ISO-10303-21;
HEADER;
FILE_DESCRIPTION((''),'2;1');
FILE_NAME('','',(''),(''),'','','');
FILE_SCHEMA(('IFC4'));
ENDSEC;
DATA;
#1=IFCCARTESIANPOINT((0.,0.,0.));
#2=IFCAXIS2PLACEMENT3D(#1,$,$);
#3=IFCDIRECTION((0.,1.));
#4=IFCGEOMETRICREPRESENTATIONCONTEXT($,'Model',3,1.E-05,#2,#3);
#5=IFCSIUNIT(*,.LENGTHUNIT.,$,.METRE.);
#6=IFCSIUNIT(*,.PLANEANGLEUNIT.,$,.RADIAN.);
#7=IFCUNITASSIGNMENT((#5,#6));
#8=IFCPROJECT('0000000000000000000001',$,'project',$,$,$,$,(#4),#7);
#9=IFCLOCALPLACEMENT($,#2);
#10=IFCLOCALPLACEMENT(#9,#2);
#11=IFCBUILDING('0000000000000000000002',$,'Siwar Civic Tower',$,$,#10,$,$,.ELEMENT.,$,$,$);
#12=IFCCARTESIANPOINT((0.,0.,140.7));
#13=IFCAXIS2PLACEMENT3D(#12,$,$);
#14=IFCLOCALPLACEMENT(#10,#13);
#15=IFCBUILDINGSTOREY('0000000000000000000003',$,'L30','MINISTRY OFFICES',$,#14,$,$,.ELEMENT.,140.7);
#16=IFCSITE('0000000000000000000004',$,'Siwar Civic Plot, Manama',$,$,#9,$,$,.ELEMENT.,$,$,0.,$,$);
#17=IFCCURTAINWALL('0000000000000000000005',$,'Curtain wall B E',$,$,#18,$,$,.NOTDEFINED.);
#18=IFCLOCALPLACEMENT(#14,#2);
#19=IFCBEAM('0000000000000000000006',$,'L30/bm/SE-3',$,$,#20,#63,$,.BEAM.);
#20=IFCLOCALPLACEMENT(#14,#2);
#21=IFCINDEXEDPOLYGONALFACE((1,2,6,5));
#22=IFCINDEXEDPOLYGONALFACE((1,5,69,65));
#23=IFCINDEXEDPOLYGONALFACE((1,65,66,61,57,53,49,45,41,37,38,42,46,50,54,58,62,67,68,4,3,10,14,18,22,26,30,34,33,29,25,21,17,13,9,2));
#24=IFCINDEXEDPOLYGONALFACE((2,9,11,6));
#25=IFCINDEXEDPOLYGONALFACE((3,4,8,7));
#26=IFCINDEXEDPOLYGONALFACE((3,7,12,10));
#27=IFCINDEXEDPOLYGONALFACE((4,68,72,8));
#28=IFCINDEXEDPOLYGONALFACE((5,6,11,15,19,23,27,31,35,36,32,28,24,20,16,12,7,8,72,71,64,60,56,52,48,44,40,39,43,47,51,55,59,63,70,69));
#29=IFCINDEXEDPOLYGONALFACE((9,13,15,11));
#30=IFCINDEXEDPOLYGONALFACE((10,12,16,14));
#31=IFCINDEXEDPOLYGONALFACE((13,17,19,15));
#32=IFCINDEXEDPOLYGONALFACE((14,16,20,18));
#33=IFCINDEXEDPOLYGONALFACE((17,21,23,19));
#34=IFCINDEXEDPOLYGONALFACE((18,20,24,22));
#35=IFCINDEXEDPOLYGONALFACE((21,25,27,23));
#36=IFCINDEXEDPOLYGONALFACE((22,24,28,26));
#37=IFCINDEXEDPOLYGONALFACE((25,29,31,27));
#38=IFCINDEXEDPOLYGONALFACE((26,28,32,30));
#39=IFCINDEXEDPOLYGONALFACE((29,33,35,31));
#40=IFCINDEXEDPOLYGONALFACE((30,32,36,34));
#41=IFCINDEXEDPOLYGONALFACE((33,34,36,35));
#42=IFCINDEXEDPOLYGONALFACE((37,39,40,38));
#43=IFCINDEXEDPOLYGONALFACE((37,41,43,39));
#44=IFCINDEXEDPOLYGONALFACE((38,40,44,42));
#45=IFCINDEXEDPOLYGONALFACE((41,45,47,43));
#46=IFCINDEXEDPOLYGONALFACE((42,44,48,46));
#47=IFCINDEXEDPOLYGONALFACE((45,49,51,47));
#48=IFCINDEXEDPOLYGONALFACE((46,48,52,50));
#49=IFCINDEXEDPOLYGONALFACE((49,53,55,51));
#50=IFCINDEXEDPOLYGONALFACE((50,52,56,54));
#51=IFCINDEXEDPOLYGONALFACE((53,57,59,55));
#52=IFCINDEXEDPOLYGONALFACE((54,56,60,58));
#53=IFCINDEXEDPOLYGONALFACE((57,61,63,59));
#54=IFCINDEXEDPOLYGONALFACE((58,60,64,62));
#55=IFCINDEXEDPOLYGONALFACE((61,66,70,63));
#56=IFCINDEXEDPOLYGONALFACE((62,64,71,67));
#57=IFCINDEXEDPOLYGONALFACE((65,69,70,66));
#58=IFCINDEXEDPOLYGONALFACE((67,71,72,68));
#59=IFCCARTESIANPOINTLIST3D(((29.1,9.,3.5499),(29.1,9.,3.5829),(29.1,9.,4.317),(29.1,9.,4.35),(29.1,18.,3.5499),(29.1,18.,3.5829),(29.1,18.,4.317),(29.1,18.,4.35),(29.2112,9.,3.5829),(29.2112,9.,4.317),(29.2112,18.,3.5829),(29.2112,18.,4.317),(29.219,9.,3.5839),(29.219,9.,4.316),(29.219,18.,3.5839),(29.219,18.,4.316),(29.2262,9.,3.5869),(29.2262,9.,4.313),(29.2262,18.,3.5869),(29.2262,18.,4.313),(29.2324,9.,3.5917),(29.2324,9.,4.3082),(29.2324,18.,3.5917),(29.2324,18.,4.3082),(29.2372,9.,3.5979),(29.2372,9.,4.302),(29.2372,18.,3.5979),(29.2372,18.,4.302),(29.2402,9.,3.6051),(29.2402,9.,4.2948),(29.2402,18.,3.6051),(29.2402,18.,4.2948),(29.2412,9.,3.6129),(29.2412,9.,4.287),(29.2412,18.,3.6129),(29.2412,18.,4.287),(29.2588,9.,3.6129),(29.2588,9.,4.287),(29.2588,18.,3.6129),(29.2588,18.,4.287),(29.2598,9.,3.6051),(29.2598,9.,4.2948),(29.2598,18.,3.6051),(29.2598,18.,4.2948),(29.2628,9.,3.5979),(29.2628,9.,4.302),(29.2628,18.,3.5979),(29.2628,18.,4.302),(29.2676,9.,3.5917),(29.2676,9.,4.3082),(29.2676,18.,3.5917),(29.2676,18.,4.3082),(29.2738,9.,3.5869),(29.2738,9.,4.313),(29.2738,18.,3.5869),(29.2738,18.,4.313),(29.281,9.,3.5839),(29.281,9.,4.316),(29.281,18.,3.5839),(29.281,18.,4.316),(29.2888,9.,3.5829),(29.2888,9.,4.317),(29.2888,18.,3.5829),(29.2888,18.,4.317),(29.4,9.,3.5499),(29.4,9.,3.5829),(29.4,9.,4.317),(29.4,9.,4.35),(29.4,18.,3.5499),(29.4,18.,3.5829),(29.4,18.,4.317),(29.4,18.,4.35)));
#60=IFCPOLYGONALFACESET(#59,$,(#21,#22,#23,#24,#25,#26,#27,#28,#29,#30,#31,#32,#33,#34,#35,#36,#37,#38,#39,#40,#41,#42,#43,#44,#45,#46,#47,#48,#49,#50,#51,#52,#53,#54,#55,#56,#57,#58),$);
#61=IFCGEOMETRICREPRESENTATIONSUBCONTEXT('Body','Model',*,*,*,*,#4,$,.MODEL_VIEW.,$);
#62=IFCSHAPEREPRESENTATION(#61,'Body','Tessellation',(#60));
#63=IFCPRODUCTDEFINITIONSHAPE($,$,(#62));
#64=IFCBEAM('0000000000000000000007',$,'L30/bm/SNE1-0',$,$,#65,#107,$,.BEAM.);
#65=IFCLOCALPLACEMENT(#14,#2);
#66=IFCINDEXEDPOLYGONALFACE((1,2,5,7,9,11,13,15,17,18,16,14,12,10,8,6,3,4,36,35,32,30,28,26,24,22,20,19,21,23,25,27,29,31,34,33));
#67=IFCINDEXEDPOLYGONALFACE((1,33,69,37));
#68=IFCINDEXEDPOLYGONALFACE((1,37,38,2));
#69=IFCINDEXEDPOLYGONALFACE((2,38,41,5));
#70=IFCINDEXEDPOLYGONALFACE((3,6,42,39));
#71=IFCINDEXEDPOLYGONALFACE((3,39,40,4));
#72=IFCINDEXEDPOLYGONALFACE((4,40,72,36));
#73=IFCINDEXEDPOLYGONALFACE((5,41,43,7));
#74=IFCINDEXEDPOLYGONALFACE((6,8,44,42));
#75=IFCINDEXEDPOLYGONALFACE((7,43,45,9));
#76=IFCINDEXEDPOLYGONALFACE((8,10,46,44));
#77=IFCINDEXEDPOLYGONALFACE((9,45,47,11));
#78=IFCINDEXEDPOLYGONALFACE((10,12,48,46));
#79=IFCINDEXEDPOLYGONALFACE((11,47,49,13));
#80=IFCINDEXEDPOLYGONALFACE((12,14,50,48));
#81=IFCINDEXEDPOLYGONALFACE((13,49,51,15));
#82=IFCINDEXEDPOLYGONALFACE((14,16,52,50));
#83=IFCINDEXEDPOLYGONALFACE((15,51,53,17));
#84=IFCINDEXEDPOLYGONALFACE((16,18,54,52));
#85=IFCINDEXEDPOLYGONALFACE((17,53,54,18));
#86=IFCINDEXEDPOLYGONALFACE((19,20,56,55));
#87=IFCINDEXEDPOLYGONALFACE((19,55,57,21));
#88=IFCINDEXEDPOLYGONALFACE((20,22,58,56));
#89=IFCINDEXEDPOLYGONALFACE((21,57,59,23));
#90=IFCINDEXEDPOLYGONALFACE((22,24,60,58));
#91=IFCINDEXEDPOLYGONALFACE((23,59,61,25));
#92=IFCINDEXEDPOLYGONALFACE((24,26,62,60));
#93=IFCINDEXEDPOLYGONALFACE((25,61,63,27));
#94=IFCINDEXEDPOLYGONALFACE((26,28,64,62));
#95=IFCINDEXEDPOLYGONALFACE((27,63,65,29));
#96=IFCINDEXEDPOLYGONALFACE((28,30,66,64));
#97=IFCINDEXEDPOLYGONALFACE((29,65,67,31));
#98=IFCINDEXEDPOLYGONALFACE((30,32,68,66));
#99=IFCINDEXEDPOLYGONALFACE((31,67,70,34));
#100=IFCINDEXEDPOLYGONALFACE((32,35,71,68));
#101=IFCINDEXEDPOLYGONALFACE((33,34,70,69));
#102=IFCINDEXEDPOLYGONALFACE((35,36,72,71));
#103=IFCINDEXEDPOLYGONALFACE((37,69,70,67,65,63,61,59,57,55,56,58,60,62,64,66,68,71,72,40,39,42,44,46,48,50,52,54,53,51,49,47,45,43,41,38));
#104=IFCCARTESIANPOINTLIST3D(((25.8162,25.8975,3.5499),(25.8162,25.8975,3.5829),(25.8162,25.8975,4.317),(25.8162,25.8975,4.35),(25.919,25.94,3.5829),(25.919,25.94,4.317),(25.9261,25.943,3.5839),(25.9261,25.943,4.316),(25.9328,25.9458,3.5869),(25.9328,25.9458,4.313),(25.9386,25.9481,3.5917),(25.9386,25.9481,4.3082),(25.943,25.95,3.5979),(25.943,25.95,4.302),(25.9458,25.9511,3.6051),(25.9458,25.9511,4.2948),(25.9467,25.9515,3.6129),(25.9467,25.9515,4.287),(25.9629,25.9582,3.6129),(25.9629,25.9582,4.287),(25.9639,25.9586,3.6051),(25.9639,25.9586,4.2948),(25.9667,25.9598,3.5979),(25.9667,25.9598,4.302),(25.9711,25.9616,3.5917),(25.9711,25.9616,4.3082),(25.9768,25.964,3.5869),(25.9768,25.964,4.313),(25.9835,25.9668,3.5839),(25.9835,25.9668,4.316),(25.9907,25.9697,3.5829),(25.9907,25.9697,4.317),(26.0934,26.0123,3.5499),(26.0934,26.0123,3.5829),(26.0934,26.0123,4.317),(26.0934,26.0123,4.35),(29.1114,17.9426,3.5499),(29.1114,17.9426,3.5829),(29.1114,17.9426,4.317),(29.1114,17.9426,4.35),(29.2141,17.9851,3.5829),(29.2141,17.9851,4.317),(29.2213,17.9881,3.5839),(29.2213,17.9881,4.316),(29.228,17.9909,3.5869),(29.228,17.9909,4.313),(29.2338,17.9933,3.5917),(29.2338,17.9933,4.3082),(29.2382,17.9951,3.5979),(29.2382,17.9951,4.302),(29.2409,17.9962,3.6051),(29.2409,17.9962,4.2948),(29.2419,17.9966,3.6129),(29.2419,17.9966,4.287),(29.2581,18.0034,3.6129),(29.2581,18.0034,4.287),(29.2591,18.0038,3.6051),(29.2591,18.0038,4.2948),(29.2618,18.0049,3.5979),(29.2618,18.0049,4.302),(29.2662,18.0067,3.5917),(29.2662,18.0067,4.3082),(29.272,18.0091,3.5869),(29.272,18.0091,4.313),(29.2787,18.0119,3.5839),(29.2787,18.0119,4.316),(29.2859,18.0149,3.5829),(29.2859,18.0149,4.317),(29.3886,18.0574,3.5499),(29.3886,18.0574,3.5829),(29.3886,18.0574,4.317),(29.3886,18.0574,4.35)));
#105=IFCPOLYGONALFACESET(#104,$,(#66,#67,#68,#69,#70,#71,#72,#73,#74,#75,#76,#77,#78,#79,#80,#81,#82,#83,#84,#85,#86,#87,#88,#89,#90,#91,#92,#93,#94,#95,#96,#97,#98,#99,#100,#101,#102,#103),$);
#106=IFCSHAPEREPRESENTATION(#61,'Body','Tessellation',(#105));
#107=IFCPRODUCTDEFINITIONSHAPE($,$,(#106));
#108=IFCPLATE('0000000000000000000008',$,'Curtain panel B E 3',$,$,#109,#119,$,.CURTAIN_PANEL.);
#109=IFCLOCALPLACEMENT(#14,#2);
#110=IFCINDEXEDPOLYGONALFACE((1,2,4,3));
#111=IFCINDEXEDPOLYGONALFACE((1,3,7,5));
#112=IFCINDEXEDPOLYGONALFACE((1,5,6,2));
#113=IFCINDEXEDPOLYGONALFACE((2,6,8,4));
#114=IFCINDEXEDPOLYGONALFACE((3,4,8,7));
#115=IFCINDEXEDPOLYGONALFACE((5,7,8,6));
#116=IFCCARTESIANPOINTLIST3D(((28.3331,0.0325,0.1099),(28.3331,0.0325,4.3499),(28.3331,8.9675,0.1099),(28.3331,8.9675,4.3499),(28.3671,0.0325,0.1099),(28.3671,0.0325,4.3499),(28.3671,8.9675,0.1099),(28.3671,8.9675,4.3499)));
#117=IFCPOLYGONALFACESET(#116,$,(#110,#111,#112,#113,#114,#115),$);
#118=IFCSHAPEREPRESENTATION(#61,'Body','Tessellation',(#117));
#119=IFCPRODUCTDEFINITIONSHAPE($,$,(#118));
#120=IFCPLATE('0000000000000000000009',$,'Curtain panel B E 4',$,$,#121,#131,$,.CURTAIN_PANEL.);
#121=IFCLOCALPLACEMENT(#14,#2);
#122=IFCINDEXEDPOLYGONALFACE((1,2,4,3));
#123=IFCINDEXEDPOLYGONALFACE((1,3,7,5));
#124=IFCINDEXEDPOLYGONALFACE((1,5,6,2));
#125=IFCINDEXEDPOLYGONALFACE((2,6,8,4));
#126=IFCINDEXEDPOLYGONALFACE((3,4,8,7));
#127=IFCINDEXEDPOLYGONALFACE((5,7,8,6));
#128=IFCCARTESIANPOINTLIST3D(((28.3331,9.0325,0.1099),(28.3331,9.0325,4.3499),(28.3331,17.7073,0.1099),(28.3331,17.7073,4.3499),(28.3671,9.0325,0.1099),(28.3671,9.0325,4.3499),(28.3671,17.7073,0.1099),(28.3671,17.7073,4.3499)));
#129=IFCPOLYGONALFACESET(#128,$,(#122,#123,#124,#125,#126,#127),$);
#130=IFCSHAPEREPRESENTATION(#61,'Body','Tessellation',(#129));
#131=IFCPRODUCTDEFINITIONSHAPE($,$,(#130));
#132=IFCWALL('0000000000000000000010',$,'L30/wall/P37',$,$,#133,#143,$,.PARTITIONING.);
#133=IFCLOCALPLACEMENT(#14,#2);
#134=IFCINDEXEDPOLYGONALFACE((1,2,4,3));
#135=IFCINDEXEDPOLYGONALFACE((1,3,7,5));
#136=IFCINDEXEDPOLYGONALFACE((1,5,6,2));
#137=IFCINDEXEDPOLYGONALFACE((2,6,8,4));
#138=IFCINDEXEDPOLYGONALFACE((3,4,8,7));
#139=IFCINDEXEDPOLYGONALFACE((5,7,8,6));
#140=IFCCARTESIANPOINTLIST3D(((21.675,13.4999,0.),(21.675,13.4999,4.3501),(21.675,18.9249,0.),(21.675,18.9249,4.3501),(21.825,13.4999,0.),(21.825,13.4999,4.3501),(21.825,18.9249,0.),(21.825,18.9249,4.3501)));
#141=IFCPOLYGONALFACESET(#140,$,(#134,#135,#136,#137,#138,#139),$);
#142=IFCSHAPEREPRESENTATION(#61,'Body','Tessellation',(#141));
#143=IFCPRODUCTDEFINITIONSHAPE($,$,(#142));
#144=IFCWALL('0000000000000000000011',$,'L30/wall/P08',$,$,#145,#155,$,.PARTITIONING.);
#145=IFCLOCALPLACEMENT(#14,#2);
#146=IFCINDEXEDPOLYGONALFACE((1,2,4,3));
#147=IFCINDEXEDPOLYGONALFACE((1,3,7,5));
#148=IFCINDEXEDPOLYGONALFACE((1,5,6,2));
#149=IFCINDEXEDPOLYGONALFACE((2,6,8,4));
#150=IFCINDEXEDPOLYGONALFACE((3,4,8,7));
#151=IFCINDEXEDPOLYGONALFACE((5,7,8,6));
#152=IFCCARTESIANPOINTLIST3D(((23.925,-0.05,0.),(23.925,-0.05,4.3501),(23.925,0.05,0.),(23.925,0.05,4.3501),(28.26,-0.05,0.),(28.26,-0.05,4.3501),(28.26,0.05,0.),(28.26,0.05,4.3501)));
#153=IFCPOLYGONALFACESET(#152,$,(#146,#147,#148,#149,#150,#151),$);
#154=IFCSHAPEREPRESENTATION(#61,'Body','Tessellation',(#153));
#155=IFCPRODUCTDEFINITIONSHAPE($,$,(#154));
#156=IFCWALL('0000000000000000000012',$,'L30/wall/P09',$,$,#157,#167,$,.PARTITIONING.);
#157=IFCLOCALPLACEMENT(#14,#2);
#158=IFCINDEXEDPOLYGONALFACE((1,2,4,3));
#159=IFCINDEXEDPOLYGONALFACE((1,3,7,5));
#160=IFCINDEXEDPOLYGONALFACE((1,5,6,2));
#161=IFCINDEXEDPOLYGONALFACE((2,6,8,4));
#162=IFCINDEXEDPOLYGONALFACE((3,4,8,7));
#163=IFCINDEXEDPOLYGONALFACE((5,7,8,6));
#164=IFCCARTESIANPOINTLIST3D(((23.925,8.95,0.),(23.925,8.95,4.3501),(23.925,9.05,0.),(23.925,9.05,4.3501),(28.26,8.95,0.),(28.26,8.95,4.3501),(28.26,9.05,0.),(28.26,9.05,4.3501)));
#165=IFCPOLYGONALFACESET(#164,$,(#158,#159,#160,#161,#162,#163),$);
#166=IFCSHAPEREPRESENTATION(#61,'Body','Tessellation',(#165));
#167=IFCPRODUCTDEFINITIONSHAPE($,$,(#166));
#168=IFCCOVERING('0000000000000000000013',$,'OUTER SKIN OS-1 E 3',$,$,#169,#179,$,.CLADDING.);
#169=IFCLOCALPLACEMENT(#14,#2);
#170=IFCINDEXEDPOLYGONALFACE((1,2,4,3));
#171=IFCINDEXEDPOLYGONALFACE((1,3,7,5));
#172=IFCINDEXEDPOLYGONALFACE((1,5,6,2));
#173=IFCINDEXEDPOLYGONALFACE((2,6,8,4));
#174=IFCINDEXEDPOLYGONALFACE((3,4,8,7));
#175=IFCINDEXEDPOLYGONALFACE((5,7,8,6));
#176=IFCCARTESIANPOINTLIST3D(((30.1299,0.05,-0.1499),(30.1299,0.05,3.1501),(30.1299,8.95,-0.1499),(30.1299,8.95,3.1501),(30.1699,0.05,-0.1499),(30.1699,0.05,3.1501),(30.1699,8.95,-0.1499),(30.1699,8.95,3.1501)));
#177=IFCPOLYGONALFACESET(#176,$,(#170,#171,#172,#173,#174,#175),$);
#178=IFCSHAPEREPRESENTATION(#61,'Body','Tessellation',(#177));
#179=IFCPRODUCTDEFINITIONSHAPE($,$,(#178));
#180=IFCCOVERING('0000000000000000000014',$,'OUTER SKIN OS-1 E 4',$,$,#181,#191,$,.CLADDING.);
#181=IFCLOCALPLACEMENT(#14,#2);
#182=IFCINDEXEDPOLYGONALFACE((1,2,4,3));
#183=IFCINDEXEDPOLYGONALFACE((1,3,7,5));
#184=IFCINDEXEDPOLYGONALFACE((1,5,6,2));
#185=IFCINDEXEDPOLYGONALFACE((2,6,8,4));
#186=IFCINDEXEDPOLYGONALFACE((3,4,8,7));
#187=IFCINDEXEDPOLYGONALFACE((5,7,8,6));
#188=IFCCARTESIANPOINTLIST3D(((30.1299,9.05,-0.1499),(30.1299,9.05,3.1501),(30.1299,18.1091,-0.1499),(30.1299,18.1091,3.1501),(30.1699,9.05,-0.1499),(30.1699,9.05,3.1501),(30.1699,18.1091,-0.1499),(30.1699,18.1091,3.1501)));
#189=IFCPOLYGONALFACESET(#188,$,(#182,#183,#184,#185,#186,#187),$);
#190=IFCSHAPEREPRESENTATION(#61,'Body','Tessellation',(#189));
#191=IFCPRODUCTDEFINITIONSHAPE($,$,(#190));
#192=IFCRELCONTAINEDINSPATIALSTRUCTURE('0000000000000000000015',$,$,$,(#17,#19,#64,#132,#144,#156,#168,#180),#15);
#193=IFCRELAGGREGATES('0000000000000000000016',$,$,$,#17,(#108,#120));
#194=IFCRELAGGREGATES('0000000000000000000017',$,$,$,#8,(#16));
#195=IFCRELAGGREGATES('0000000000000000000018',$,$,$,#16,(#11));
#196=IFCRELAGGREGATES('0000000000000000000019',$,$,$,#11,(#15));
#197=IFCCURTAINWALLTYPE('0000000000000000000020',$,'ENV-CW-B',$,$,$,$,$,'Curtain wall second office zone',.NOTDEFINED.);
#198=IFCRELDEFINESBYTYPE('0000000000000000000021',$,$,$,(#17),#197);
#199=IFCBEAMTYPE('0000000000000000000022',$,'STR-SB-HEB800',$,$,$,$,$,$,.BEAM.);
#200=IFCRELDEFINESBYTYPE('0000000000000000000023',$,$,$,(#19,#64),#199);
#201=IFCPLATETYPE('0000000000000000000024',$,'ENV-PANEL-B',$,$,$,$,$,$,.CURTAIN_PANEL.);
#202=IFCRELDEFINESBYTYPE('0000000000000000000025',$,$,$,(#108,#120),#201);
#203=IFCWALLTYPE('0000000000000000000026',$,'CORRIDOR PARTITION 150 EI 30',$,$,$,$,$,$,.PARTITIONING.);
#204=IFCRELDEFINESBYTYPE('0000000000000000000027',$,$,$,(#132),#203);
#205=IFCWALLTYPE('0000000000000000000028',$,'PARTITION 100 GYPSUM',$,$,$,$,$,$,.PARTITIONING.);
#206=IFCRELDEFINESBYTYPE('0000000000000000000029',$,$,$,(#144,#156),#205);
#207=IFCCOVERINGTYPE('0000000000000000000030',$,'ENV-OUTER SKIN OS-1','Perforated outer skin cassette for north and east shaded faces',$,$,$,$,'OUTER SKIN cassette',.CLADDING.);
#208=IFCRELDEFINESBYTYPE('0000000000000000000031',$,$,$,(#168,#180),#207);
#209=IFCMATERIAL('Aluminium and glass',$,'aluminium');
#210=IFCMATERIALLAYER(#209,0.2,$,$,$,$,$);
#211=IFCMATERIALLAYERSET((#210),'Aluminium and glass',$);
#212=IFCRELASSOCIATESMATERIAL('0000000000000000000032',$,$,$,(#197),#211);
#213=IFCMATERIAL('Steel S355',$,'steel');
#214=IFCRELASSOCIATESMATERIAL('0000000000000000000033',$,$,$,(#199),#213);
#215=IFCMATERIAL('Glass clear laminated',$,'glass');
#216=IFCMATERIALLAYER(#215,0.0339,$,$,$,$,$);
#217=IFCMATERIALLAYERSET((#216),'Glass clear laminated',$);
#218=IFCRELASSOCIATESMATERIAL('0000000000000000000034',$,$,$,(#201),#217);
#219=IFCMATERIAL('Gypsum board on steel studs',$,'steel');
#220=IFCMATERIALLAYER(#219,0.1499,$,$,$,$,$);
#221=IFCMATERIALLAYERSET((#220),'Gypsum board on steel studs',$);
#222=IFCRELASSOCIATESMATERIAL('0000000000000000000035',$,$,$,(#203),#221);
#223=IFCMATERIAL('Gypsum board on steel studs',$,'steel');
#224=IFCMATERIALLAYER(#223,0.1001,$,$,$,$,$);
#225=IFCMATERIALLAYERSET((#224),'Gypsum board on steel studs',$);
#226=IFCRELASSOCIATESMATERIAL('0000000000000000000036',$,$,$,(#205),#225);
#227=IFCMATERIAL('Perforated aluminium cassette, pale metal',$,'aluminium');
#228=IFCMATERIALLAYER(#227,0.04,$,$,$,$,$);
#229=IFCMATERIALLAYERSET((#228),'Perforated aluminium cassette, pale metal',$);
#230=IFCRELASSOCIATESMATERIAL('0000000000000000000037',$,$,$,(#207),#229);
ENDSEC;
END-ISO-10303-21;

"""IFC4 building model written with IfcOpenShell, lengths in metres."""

from ifc_helpers import new_model, si_unit, direction, frame, frame_2d, origin, origin_2d, place, context, subcontext, project, spatial, rectangle, i_section, extrude, material, layer, layer_set, material_profile, profile_set, type_object, element, aggregate, save


model = new_model("IFC4")

# Units and contexts
model_context = context("Model", 3, precision=1e-05, world=origin(), true_north=direction((0.0, 1.0)))
body_context = subcontext(model_context, "Body", "Model", "MODEL_VIEW")
ifc_project = project(units=[si_unit("LENGTHUNIT", "METRE"), si_unit("PLANEANGLEUNIT", "RADIAN")], contexts=[model_context])

# Site, building, storey
site_placement = place(None, origin())
site = spatial("IfcSite", under=ifc_project, at=site_placement, Name="Siwar Civic Plot, Manama", CompositionType="ELEMENT", RefElevation=0.0)
building_placement = place(site_placement, origin())
building = spatial("IfcBuilding", under=site, at=building_placement, Name="Siwar Civic Tower", CompositionType="ELEMENT")
storey_placement = place(building_placement, frame((0.0, 0.0, 140.7)))
storey = spatial("IfcBuildingStorey", under=building, at=storey_placement, Name="L30", Description="MINISTRY OFFICES", CompositionType="ELEMENT", Elevation=140.7)

# Curtain wall
ifc_material_1 = material(Name="Aluminium and glass", Category="aluminium")
ifc_layer_1 = layer(ifc_material_1, 0.2)
ifc_layer_set_1 = layer_set([ifc_layer_1], Name="Aluminium and glass")
curtain_wall_type_1 = type_object("IfcCurtainWallType", Name="ENV-CW-B", ElementType="Curtain wall second office zone", PredefinedType="NOTDEFINED", material=ifc_layer_set_1)
curtain_wall_1_placement = place(storey_placement, origin())
curtain_wall_1 = element("IfcCurtainWall", 1, at=curtain_wall_1_placement, inside=storey, type_object=curtain_wall_type_1, Name="Curtain wall B E", PredefinedType="NOTDEFINED")

# Beams
ifc_material_2 = material(Name="Steel S355", Category="steel")
ifc_material_profile_1 = material_profile(ifc_material_2, i_section(OverallWidth=0.3, OverallDepth=0.8, WebThickness=0.0176, FlangeThickness=0.033, FilletRadius=0.03, at=origin_2d()), Name="HEB800")
ifc_profile_set_1 = profile_set([ifc_material_profile_1], Name="Steel S355")
beam_type_1 = type_object("IfcBeamType", Name="STR-SB-HEB800", PredefinedType="BEAM", material=ifc_profile_set_1)
for number, where, z_axis, x_axis, name in (
    (2, (29.25, 9.0, 3.95), (0.0, 1.0, 0.0), (-1.0, 0.0, 0.0), "L30/bm/SE-3"),
):
    element("IfcBeam", number, at=place(storey_placement, frame(where, z_axis=z_axis, x_axis=x_axis)), inside=storey, type_object=beam_type_1, Name=name, PredefinedType="BEAM", context=body_context, shape_type="SweptSolid", body=[
        extrude(i_section(OverallWidth=0.3, OverallDepth=0.8, WebThickness=0.0176, FlangeThickness=0.033, FilletRadius=0.03, at=origin_2d()), origin(), (0.0, 0.0, 1.0), 9.0),
    ])
beam_1_placement = place(storey_placement, frame((29.25, 18.0, 3.95), z_axis=(-0.3827, 0.923873, 0.0), x_axis=(-0.923873, -0.3827, 0.0)))
element("IfcBeam", 3, at=beam_1_placement, inside=storey, type_object=beam_type_1, Name="L30/bm/SNE1-0", PredefinedType="BEAM", context=body_context, shape_type="SweptSolid", body=[
    extrude(i_section(OverallWidth=0.3, OverallDepth=0.8, WebThickness=0.0176, FlangeThickness=0.033, FilletRadius=0.03, at=origin_2d()), origin(), (0.0, 0.0, 1.0), 8.6104),
])

# Plates
ifc_material_3 = material(Name="Glass clear laminated", Category="glass")
ifc_layer_2 = layer(ifc_material_3, 0.0339)
ifc_layer_set_2 = layer_set([ifc_layer_2], Name="Glass clear laminated")
plate_type = type_object("IfcPlateType", Name="ENV-PANEL-B", PredefinedType="CURTAIN_PANEL", material=ifc_layer_set_2)
plate_1_placement = place(storey_placement, frame((28.3501, 4.5, 0.1099), z_axis=(0.0, 0.0, 1.0), x_axis=(0.0, 1.0, 0.0)))
plate_1 = element("IfcPlate", 4, at=plate_1_placement, type_object=plate_type, Name="Curtain panel B E 3", PredefinedType="CURTAIN_PANEL", context=body_context, shape_type="SweptSolid", body=[
    extrude(rectangle(XDim=8.9351, YDim=0.0339, at=origin_2d()), origin(), (0.0, 0.0, 1.0), 4.24),
])
plate_2_placement = place(storey_placement, frame((28.3501, 13.3699, 0.1099), z_axis=(0.0, 0.0, 1.0), x_axis=(0.0, 1.0, 0.0)))
plate_2 = element("IfcPlate", 5, at=plate_2_placement, type_object=plate_type, Name="Curtain panel B E 4", PredefinedType="CURTAIN_PANEL", context=body_context, shape_type="SweptSolid", body=[
    extrude(rectangle(XDim=8.6748, YDim=0.0339, at=origin_2d()), origin(), (0.0, 0.0, 1.0), 4.24),
])
aggregate(curtain_wall_1, [plate_1, plate_2])

# Walls
ifc_material_4 = material(Name="Gypsum board on steel studs", Category="steel")
ifc_layer_3 = layer(ifc_material_4, 0.1499)
ifc_layer_set_3 = layer_set([ifc_layer_3], Name="Gypsum board on steel studs")
wall_type_1 = type_object("IfcWallType", Name="CORRIDOR PARTITION 150 EI 30", PredefinedType="PARTITIONING", material=ifc_layer_set_3)
wall_placement = place(storey_placement, frame((21.75, 13.5, 0.0), z_axis=(0.0, 0.0, 1.0), x_axis=(0.0, 1.0, 0.0)))
element("IfcWall", 6, at=wall_placement, inside=storey, type_object=wall_type_1, Name="L30/wall/P37", PredefinedType="PARTITIONING", context=body_context, shape_type="SweptSolid", body=[
    extrude(rectangle(XDim=5.425, YDim=0.1499, at=frame_2d((2.7124, 0.0))), origin(), (0.0, 0.0, 1.0), 4.3501),
])
ifc_material_5 = material(Name="Gypsum board on steel studs", Category="steel")
ifc_layer_4 = layer(ifc_material_5, 0.1001)
ifc_layer_set_4 = layer_set([ifc_layer_4], Name="Gypsum board on steel studs")
wall_type_2 = type_object("IfcWallType", Name="PARTITION 100 GYPSUM", PredefinedType="PARTITIONING", material=ifc_layer_set_4)
for number, where, z_axis, x_axis, name in (
    (7, (23.925, 0.0, 0.0), (0.0, 0.0, 1.0), (1.0, 0.0, 0.0), "L30/wall/P08"),
    (8, (23.925, 9.0, 0.0), (0.0, 0.0, 1.0), (1.0, 0.0, 0.0), "L30/wall/P09"),
):
    element("IfcWall", number, at=place(storey_placement, frame(where, z_axis=z_axis, x_axis=x_axis)), inside=storey, type_object=wall_type_2, Name=name, PredefinedType="PARTITIONING", context=body_context, shape_type="SweptSolid", body=[
        extrude(rectangle(XDim=4.335, YDim=0.1001, at=frame_2d((2.1675, 0.0))), origin(), (0.0, 0.0, 1.0), 4.3501),
    ])

# Coverings
ifc_material_6 = material(Name="Perforated aluminium cassette, pale metal", Category="aluminium")
ifc_layer_5 = layer(ifc_material_6, 0.04)
ifc_layer_set_5 = layer_set([ifc_layer_5], Name="Perforated aluminium cassette, pale metal")
covering_type = type_object("IfcCoveringType", Name="ENV-OUTER SKIN OS-1", Description="Perforated outer skin cassette for north and east shaded faces", ElementType="OUTER SKIN cassette", PredefinedType="CLADDING", material=ifc_layer_set_5)
covering_1_placement = place(storey_placement, frame((30.1499, 4.5, -0.1499), z_axis=(0.0, 0.0, 1.0), x_axis=(0.0, 1.0, 0.0)))
element("IfcCovering", 9, at=covering_1_placement, inside=storey, type_object=covering_type, Name="OUTER SKIN OS-1 E 3", PredefinedType="CLADDING", context=body_context, shape_type="SweptSolid", body=[
    extrude(rectangle(XDim=8.8999, YDim=0.04, at=origin_2d()), origin(), (0.0, 0.0, 1.0), 3.3),
])
covering_2_placement = place(storey_placement, frame((30.1499, 13.5796, -0.1499), z_axis=(0.0, 0.0, 1.0), x_axis=(0.0, 1.0, 0.0)))
element("IfcCovering", 10, at=covering_2_placement, inside=storey, type_object=covering_type, Name="OUTER SKIN OS-1 E 4", PredefinedType="CLADDING", context=body_context, shape_type="SweptSolid", body=[
    extrude(rectangle(XDim=9.0591, YDim=0.04, at=origin_2d()), origin(), (0.0, 0.0, 1.0), 3.3),
])

save(model, "model.ifc")
